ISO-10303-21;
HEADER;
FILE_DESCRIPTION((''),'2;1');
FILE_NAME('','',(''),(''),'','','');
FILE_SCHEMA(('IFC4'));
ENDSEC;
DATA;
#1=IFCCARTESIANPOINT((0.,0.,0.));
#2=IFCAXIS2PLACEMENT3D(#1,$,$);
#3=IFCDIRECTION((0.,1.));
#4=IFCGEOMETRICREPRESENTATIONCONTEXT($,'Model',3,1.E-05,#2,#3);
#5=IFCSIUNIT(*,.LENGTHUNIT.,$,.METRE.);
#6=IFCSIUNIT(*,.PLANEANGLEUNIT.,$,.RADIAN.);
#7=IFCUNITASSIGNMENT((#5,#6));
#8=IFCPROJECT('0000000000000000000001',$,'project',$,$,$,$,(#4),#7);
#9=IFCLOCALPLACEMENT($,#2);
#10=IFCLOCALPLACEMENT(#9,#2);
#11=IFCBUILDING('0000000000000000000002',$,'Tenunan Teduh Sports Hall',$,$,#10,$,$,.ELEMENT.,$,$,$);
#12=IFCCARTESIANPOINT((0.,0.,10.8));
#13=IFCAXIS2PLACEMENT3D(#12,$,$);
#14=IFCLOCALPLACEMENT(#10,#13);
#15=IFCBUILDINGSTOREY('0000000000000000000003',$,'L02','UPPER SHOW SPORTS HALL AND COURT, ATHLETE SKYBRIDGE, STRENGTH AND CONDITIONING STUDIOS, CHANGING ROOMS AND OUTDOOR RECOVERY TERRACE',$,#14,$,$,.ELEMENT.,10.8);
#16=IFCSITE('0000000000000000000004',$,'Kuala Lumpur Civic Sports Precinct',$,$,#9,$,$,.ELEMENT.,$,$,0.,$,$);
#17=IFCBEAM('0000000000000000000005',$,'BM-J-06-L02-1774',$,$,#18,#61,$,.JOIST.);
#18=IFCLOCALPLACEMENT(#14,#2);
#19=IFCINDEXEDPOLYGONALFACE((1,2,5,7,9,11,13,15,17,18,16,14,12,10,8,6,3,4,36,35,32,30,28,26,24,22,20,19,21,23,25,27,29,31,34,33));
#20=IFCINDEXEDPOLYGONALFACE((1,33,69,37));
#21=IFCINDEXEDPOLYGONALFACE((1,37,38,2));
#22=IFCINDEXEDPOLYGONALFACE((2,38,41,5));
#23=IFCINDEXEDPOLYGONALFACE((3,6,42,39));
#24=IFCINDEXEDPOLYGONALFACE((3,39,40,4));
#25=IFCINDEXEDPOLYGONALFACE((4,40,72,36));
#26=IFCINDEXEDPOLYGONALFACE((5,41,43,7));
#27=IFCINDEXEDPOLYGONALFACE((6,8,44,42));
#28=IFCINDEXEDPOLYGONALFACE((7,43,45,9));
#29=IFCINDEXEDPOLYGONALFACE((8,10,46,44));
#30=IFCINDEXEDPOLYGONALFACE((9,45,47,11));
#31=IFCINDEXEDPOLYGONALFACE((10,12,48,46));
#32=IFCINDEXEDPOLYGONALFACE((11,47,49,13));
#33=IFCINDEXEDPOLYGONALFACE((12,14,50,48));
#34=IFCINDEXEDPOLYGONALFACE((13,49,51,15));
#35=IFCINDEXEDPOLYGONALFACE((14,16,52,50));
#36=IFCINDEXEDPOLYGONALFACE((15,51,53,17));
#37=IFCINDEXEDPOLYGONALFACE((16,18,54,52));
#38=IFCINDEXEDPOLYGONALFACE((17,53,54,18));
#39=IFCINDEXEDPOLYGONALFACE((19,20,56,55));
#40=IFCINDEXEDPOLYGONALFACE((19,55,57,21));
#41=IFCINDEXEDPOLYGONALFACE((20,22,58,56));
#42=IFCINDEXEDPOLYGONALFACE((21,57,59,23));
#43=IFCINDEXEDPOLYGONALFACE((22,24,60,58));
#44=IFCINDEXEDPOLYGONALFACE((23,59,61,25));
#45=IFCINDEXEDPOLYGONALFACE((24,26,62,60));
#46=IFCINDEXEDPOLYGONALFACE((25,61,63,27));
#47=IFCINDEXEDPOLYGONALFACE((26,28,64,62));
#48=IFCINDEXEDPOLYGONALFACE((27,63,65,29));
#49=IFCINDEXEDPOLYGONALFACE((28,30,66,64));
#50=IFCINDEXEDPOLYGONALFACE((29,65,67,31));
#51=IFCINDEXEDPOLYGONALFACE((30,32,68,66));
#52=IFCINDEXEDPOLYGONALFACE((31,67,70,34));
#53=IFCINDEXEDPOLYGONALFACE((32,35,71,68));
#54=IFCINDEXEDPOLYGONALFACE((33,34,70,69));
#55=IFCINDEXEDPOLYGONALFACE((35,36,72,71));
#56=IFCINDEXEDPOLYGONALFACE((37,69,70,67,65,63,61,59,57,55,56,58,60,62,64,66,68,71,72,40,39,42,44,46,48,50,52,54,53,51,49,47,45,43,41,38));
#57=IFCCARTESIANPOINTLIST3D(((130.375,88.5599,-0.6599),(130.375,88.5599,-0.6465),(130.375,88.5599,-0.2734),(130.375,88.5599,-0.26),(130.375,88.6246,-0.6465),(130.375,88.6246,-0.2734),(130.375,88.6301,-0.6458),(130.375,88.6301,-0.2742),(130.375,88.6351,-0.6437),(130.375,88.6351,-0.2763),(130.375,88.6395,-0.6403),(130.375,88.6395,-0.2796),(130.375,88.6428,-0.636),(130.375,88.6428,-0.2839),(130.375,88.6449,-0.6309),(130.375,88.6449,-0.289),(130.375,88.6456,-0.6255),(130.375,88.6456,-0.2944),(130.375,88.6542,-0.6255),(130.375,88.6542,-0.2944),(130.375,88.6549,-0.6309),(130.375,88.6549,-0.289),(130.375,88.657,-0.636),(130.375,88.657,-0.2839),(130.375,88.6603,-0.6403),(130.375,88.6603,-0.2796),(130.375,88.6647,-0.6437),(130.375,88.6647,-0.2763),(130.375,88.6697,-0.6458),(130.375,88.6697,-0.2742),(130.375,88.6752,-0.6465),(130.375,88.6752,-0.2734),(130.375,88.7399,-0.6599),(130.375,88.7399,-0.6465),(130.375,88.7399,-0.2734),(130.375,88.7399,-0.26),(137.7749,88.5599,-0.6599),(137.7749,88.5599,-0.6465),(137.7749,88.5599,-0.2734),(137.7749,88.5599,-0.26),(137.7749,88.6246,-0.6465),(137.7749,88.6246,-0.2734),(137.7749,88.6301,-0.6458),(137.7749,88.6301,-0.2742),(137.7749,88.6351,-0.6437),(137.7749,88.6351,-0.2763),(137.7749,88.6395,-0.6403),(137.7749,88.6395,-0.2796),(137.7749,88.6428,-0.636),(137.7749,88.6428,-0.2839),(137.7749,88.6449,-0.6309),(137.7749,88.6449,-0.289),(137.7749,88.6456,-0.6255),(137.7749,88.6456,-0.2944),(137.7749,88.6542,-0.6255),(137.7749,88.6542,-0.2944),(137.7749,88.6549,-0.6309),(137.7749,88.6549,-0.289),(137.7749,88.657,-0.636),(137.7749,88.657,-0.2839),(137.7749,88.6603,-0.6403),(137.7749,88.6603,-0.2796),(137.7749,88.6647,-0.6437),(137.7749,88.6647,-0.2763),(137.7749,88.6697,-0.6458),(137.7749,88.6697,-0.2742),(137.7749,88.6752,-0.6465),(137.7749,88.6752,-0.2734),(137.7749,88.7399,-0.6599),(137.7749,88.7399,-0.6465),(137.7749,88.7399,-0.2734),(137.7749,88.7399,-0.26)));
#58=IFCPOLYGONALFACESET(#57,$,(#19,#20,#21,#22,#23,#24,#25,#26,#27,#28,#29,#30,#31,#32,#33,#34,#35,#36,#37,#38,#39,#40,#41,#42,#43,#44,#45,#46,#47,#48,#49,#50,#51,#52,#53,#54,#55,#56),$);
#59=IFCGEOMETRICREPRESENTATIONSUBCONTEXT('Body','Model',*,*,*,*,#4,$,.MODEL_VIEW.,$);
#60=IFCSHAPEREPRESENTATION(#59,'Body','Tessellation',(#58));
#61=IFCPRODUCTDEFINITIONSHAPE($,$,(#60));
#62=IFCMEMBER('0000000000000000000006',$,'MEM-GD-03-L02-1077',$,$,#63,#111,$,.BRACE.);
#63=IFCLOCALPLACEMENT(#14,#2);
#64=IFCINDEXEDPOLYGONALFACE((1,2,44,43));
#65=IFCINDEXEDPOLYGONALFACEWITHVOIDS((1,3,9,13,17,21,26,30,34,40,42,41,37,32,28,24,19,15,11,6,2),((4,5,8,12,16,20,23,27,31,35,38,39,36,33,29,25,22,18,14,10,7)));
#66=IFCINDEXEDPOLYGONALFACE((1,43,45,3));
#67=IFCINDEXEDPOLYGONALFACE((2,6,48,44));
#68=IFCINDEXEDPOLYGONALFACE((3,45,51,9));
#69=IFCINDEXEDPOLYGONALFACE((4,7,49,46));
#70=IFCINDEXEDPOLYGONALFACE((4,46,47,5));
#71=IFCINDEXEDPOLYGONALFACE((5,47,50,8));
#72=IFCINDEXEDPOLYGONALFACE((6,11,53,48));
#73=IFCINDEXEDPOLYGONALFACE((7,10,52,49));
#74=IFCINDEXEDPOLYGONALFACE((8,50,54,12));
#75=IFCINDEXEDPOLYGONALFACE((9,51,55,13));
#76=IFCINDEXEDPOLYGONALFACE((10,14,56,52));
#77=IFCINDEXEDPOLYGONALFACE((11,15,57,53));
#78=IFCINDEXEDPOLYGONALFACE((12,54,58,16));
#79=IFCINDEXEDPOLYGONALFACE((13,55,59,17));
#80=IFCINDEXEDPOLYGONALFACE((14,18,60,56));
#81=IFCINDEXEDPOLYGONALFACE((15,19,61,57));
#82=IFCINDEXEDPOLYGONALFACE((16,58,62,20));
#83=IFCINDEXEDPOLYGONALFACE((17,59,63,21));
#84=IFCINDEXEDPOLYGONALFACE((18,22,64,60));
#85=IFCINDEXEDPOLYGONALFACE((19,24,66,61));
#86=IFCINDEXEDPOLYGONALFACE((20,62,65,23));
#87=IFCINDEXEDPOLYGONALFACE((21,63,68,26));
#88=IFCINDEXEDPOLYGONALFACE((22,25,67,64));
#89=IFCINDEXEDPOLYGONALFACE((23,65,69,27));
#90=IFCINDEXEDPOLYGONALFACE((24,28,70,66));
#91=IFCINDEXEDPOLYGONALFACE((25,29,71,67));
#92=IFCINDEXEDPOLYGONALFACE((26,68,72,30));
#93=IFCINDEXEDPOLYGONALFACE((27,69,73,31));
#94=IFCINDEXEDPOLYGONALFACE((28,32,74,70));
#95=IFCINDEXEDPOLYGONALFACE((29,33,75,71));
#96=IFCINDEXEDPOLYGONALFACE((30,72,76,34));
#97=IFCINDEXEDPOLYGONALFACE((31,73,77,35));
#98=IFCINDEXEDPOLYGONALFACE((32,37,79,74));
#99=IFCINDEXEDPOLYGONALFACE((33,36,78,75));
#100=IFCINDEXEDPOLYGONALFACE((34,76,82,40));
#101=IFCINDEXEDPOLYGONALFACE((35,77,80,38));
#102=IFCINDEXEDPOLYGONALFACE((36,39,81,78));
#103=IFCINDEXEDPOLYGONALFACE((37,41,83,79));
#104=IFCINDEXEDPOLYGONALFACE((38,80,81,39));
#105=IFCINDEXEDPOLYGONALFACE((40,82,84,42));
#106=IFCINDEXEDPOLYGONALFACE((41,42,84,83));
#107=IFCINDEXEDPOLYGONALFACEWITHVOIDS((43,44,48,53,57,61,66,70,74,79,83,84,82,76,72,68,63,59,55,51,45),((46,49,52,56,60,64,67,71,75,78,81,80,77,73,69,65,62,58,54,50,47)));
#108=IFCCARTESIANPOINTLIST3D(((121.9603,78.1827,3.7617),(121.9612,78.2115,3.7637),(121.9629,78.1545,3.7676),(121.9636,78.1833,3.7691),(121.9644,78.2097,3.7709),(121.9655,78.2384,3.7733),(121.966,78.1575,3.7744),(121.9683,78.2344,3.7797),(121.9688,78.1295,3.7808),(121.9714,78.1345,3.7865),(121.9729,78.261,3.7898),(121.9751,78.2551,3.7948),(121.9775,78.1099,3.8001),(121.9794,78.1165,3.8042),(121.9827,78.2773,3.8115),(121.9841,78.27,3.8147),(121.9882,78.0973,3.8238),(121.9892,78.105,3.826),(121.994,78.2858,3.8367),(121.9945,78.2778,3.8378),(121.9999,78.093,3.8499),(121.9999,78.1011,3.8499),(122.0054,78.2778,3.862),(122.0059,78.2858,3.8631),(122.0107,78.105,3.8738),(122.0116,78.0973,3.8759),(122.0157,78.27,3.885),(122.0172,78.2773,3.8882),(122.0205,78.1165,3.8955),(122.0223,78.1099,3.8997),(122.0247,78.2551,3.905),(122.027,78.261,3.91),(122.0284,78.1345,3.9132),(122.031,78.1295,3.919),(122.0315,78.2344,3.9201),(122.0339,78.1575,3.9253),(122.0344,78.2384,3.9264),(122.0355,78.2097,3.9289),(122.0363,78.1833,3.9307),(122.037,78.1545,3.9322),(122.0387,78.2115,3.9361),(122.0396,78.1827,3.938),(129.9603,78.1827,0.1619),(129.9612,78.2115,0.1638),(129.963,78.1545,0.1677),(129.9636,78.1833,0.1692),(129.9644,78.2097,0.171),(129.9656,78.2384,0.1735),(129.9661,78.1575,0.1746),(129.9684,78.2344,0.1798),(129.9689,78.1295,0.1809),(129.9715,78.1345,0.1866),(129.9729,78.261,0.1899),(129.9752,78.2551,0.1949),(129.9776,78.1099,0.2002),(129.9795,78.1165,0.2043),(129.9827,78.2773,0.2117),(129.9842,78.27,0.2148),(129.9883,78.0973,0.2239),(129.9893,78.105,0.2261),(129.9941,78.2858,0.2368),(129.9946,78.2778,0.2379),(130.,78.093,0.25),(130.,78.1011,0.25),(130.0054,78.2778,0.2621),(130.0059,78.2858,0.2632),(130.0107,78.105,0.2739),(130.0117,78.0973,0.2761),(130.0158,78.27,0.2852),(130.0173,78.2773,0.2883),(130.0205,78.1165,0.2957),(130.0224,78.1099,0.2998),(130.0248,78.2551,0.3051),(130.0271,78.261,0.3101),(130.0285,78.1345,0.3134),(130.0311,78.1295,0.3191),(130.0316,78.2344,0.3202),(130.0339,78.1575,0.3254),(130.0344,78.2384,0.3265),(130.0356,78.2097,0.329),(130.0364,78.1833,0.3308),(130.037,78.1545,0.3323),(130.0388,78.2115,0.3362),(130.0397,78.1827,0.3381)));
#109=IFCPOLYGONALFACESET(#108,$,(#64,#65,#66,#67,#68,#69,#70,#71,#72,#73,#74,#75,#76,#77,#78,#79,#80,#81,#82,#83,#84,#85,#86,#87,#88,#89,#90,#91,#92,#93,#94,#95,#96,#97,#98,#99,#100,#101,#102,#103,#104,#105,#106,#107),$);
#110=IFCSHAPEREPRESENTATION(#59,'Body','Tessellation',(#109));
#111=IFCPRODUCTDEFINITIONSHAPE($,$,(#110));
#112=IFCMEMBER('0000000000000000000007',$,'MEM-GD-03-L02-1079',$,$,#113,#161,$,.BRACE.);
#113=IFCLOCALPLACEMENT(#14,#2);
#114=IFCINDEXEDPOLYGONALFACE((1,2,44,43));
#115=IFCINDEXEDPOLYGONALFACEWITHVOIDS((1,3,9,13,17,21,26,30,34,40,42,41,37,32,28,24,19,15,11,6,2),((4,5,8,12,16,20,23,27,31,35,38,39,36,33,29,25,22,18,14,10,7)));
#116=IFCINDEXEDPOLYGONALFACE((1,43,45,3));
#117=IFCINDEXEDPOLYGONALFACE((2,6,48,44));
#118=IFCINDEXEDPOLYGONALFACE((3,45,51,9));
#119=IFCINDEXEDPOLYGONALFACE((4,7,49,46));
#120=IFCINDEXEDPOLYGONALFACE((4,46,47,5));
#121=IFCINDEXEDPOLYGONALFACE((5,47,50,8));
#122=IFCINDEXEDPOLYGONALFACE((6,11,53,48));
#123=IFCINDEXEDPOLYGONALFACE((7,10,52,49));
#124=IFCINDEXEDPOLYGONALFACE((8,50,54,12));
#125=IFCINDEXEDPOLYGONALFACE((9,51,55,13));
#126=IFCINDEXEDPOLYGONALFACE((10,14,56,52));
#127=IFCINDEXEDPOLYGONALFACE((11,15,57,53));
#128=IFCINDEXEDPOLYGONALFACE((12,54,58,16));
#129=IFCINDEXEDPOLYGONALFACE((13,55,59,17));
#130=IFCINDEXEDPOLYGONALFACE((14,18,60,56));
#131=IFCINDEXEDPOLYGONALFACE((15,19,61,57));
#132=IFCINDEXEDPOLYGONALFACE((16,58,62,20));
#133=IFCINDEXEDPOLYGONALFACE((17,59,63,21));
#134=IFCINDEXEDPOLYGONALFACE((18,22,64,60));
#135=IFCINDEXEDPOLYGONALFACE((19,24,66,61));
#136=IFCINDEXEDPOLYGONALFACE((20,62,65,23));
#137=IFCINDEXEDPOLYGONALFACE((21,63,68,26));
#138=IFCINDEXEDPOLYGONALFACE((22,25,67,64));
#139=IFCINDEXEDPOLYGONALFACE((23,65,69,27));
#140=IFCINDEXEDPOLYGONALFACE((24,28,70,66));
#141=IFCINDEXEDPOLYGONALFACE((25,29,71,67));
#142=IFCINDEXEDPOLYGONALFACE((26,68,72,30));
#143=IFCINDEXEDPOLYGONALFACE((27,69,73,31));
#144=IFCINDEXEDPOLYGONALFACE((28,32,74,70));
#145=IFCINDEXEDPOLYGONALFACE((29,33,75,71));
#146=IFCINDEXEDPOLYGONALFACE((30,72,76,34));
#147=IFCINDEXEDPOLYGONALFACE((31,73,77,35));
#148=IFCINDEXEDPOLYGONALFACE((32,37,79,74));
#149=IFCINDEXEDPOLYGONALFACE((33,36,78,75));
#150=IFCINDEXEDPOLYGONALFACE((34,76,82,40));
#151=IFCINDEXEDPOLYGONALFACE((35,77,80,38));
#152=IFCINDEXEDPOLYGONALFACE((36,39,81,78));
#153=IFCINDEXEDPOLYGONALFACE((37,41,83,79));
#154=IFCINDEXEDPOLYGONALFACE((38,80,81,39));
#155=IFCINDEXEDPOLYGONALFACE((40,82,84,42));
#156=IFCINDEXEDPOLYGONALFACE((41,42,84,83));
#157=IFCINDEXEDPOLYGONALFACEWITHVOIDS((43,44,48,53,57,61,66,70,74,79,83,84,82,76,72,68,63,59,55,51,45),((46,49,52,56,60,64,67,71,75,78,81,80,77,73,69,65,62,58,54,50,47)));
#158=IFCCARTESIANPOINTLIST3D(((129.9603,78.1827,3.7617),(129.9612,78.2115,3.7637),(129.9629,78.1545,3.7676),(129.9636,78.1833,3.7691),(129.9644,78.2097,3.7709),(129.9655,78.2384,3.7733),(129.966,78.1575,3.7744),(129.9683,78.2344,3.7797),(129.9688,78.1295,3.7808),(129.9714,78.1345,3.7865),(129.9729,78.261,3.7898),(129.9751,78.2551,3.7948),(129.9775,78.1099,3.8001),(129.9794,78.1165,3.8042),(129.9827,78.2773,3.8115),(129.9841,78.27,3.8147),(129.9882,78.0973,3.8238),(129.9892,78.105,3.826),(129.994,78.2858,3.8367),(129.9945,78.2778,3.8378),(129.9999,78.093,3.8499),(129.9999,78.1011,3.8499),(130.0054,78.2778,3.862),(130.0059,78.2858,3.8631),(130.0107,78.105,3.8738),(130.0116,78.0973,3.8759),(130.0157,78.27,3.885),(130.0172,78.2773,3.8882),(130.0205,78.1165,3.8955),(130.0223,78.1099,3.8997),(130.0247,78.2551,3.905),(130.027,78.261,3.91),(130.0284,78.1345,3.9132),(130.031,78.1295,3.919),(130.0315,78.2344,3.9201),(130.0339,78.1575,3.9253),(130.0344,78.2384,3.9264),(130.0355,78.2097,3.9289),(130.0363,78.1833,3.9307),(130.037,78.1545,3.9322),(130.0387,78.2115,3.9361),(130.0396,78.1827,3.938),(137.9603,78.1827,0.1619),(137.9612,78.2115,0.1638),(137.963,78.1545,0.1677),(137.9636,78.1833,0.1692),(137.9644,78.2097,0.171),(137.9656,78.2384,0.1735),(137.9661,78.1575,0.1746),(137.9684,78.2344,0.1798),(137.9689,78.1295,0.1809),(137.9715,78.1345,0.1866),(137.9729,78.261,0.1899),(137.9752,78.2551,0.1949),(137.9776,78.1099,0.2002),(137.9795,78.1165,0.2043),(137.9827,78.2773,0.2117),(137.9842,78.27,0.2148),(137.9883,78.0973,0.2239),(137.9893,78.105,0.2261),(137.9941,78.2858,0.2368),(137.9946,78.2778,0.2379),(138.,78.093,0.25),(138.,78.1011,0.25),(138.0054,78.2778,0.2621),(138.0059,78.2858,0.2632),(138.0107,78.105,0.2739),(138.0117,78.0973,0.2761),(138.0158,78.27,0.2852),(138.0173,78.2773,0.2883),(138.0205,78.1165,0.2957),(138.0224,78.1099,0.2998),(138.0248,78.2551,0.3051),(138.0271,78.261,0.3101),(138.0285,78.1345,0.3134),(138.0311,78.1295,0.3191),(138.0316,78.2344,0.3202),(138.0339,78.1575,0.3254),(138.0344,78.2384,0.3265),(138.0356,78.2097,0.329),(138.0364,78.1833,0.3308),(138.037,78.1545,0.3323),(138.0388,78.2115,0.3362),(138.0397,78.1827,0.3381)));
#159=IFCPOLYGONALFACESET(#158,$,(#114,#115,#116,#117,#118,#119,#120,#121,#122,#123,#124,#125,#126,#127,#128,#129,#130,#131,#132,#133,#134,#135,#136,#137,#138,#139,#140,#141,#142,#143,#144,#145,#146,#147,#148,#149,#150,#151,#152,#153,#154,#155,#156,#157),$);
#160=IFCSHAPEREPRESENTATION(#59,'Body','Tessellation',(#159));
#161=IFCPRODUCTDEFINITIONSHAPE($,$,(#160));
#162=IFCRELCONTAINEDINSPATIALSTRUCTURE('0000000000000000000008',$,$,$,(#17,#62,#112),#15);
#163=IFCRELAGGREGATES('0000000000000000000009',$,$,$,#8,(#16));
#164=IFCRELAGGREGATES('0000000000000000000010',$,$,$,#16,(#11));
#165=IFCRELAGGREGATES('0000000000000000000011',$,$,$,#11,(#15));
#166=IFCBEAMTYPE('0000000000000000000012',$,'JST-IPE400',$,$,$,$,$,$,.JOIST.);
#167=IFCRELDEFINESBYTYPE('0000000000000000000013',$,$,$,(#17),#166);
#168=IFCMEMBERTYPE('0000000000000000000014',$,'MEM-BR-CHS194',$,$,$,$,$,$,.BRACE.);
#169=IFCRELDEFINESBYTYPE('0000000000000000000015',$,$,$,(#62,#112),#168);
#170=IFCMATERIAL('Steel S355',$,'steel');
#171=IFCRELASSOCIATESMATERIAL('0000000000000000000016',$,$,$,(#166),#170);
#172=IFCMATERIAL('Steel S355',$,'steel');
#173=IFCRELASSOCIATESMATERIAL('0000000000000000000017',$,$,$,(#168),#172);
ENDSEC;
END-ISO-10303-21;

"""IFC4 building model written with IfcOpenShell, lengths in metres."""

from ifc_helpers import new_model, si_unit, direction, frame, origin, origin_2d, place, context, subcontext, project, spatial, hollow_circle, i_section, extrude, material, material_profile, profile_set, type_object, element, save


model = new_model("IFC4")

# Units and contexts
model_context = context("Model", 3, precision=1e-05, world=origin(), true_north=direction((0.0, 1.0)))
body_context = subcontext(model_context, "Body", "Model", "MODEL_VIEW")
ifc_project = project(units=[si_unit("LENGTHUNIT", "METRE"), si_unit("PLANEANGLEUNIT", "RADIAN")], contexts=[model_context])

# Site, building, storey
site_placement = place(None, origin())
site = spatial("IfcSite", under=ifc_project, at=site_placement, Name="Kuala Lumpur Civic Sports Precinct", CompositionType="ELEMENT", RefElevation=0.0)
building_placement = place(site_placement, origin())
building = spatial("IfcBuilding", under=site, at=building_placement, Name="Tenunan Teduh Sports Hall", CompositionType="ELEMENT")
storey_placement = place(building_placement, frame((0.0, 0.0, 10.8)))
storey = spatial("IfcBuildingStorey", under=building, at=storey_placement, Name="L02", Description="UPPER SHOW SPORTS HALL AND COURT, ATHLETE SKYBRIDGE, STRENGTH AND CONDITIONING STUDIOS, CHANGING ROOMS AND OUTDOOR RECOVERY TERRACE", CompositionType="ELEMENT", Elevation=10.8)

# Beam
ifc_material_1 = material(Name="Steel S355", Category="steel")
ifc_material_profile_1 = material_profile(ifc_material_1, i_section(OverallWidth=0.1799, OverallDepth=0.3999, WebThickness=0.0085, FlangeThickness=0.0134, FilletRadius=0.021, at=origin_2d()), Name="IPE 400")
ifc_profile_set_1 = profile_set([ifc_material_profile_1], Name="Steel S355")
beam_type_1 = type_object("IfcBeamType", Name="JST-IPE400", PredefinedType="JOIST", material=ifc_profile_set_1)
beam_1_placement = place(storey_placement, frame((130.375, 88.6499, -0.46), z_axis=(1.0, 0.0, 0.0), x_axis=(0.0, 1.0, 0.0)))
element("IfcBeam", 1, at=beam_1_placement, inside=storey, type_object=beam_type_1, Name="BM-J-06-L02-1774", PredefinedType="JOIST", context=body_context, shape_type="SweptSolid", body=[
    extrude(i_section(OverallWidth=0.1799, OverallDepth=0.3999, WebThickness=0.0085, FlangeThickness=0.0134, FilletRadius=0.021, at=origin_2d()), origin(), (0.0, 0.0, 1.0), 7.3999),
])

# Members
ifc_material_2 = material(Name="Steel S355", Category="steel")
ifc_material_profile_2 = material_profile(ifc_material_2, hollow_circle(Radius=0.0969, WallThickness=0.0081, at=origin_2d()), Name="CHS 193.7x8.0")
ifc_profile_set_2 = profile_set([ifc_material_profile_2], Name="Steel S355")
member_type_1 = type_object("IfcMemberType", Name="MEM-BR-CHS194", PredefinedType="BRACE", material=ifc_profile_set_2)
for number, where, z_axis, x_axis, name in (
    (2, (130.0, 78.1899, 0.25), (-0.911928, 0.0, 0.410351), (0.0, -1.0, 0.0), "MEM-GD-03-L02-1077"),
    (3, (138.0, 78.1899, 0.25), (-0.911928, 0.0, 0.410351), (0.0, -1.0, 0.0), "MEM-GD-03-L02-1079"),
):
    element("IfcMember", number, at=place(storey_placement, frame(where, z_axis=z_axis, x_axis=x_axis)), inside=storey, type_object=member_type_1, Name=name, PredefinedType="BRACE", context=body_context, shape_type="SweptSolid", body=[
        extrude(hollow_circle(Radius=0.0969, WallThickness=0.0081, at=origin_2d()), origin(), (0.0, 0.0, 1.0), 8.7727),
    ])

save(model, "model.ifc")
